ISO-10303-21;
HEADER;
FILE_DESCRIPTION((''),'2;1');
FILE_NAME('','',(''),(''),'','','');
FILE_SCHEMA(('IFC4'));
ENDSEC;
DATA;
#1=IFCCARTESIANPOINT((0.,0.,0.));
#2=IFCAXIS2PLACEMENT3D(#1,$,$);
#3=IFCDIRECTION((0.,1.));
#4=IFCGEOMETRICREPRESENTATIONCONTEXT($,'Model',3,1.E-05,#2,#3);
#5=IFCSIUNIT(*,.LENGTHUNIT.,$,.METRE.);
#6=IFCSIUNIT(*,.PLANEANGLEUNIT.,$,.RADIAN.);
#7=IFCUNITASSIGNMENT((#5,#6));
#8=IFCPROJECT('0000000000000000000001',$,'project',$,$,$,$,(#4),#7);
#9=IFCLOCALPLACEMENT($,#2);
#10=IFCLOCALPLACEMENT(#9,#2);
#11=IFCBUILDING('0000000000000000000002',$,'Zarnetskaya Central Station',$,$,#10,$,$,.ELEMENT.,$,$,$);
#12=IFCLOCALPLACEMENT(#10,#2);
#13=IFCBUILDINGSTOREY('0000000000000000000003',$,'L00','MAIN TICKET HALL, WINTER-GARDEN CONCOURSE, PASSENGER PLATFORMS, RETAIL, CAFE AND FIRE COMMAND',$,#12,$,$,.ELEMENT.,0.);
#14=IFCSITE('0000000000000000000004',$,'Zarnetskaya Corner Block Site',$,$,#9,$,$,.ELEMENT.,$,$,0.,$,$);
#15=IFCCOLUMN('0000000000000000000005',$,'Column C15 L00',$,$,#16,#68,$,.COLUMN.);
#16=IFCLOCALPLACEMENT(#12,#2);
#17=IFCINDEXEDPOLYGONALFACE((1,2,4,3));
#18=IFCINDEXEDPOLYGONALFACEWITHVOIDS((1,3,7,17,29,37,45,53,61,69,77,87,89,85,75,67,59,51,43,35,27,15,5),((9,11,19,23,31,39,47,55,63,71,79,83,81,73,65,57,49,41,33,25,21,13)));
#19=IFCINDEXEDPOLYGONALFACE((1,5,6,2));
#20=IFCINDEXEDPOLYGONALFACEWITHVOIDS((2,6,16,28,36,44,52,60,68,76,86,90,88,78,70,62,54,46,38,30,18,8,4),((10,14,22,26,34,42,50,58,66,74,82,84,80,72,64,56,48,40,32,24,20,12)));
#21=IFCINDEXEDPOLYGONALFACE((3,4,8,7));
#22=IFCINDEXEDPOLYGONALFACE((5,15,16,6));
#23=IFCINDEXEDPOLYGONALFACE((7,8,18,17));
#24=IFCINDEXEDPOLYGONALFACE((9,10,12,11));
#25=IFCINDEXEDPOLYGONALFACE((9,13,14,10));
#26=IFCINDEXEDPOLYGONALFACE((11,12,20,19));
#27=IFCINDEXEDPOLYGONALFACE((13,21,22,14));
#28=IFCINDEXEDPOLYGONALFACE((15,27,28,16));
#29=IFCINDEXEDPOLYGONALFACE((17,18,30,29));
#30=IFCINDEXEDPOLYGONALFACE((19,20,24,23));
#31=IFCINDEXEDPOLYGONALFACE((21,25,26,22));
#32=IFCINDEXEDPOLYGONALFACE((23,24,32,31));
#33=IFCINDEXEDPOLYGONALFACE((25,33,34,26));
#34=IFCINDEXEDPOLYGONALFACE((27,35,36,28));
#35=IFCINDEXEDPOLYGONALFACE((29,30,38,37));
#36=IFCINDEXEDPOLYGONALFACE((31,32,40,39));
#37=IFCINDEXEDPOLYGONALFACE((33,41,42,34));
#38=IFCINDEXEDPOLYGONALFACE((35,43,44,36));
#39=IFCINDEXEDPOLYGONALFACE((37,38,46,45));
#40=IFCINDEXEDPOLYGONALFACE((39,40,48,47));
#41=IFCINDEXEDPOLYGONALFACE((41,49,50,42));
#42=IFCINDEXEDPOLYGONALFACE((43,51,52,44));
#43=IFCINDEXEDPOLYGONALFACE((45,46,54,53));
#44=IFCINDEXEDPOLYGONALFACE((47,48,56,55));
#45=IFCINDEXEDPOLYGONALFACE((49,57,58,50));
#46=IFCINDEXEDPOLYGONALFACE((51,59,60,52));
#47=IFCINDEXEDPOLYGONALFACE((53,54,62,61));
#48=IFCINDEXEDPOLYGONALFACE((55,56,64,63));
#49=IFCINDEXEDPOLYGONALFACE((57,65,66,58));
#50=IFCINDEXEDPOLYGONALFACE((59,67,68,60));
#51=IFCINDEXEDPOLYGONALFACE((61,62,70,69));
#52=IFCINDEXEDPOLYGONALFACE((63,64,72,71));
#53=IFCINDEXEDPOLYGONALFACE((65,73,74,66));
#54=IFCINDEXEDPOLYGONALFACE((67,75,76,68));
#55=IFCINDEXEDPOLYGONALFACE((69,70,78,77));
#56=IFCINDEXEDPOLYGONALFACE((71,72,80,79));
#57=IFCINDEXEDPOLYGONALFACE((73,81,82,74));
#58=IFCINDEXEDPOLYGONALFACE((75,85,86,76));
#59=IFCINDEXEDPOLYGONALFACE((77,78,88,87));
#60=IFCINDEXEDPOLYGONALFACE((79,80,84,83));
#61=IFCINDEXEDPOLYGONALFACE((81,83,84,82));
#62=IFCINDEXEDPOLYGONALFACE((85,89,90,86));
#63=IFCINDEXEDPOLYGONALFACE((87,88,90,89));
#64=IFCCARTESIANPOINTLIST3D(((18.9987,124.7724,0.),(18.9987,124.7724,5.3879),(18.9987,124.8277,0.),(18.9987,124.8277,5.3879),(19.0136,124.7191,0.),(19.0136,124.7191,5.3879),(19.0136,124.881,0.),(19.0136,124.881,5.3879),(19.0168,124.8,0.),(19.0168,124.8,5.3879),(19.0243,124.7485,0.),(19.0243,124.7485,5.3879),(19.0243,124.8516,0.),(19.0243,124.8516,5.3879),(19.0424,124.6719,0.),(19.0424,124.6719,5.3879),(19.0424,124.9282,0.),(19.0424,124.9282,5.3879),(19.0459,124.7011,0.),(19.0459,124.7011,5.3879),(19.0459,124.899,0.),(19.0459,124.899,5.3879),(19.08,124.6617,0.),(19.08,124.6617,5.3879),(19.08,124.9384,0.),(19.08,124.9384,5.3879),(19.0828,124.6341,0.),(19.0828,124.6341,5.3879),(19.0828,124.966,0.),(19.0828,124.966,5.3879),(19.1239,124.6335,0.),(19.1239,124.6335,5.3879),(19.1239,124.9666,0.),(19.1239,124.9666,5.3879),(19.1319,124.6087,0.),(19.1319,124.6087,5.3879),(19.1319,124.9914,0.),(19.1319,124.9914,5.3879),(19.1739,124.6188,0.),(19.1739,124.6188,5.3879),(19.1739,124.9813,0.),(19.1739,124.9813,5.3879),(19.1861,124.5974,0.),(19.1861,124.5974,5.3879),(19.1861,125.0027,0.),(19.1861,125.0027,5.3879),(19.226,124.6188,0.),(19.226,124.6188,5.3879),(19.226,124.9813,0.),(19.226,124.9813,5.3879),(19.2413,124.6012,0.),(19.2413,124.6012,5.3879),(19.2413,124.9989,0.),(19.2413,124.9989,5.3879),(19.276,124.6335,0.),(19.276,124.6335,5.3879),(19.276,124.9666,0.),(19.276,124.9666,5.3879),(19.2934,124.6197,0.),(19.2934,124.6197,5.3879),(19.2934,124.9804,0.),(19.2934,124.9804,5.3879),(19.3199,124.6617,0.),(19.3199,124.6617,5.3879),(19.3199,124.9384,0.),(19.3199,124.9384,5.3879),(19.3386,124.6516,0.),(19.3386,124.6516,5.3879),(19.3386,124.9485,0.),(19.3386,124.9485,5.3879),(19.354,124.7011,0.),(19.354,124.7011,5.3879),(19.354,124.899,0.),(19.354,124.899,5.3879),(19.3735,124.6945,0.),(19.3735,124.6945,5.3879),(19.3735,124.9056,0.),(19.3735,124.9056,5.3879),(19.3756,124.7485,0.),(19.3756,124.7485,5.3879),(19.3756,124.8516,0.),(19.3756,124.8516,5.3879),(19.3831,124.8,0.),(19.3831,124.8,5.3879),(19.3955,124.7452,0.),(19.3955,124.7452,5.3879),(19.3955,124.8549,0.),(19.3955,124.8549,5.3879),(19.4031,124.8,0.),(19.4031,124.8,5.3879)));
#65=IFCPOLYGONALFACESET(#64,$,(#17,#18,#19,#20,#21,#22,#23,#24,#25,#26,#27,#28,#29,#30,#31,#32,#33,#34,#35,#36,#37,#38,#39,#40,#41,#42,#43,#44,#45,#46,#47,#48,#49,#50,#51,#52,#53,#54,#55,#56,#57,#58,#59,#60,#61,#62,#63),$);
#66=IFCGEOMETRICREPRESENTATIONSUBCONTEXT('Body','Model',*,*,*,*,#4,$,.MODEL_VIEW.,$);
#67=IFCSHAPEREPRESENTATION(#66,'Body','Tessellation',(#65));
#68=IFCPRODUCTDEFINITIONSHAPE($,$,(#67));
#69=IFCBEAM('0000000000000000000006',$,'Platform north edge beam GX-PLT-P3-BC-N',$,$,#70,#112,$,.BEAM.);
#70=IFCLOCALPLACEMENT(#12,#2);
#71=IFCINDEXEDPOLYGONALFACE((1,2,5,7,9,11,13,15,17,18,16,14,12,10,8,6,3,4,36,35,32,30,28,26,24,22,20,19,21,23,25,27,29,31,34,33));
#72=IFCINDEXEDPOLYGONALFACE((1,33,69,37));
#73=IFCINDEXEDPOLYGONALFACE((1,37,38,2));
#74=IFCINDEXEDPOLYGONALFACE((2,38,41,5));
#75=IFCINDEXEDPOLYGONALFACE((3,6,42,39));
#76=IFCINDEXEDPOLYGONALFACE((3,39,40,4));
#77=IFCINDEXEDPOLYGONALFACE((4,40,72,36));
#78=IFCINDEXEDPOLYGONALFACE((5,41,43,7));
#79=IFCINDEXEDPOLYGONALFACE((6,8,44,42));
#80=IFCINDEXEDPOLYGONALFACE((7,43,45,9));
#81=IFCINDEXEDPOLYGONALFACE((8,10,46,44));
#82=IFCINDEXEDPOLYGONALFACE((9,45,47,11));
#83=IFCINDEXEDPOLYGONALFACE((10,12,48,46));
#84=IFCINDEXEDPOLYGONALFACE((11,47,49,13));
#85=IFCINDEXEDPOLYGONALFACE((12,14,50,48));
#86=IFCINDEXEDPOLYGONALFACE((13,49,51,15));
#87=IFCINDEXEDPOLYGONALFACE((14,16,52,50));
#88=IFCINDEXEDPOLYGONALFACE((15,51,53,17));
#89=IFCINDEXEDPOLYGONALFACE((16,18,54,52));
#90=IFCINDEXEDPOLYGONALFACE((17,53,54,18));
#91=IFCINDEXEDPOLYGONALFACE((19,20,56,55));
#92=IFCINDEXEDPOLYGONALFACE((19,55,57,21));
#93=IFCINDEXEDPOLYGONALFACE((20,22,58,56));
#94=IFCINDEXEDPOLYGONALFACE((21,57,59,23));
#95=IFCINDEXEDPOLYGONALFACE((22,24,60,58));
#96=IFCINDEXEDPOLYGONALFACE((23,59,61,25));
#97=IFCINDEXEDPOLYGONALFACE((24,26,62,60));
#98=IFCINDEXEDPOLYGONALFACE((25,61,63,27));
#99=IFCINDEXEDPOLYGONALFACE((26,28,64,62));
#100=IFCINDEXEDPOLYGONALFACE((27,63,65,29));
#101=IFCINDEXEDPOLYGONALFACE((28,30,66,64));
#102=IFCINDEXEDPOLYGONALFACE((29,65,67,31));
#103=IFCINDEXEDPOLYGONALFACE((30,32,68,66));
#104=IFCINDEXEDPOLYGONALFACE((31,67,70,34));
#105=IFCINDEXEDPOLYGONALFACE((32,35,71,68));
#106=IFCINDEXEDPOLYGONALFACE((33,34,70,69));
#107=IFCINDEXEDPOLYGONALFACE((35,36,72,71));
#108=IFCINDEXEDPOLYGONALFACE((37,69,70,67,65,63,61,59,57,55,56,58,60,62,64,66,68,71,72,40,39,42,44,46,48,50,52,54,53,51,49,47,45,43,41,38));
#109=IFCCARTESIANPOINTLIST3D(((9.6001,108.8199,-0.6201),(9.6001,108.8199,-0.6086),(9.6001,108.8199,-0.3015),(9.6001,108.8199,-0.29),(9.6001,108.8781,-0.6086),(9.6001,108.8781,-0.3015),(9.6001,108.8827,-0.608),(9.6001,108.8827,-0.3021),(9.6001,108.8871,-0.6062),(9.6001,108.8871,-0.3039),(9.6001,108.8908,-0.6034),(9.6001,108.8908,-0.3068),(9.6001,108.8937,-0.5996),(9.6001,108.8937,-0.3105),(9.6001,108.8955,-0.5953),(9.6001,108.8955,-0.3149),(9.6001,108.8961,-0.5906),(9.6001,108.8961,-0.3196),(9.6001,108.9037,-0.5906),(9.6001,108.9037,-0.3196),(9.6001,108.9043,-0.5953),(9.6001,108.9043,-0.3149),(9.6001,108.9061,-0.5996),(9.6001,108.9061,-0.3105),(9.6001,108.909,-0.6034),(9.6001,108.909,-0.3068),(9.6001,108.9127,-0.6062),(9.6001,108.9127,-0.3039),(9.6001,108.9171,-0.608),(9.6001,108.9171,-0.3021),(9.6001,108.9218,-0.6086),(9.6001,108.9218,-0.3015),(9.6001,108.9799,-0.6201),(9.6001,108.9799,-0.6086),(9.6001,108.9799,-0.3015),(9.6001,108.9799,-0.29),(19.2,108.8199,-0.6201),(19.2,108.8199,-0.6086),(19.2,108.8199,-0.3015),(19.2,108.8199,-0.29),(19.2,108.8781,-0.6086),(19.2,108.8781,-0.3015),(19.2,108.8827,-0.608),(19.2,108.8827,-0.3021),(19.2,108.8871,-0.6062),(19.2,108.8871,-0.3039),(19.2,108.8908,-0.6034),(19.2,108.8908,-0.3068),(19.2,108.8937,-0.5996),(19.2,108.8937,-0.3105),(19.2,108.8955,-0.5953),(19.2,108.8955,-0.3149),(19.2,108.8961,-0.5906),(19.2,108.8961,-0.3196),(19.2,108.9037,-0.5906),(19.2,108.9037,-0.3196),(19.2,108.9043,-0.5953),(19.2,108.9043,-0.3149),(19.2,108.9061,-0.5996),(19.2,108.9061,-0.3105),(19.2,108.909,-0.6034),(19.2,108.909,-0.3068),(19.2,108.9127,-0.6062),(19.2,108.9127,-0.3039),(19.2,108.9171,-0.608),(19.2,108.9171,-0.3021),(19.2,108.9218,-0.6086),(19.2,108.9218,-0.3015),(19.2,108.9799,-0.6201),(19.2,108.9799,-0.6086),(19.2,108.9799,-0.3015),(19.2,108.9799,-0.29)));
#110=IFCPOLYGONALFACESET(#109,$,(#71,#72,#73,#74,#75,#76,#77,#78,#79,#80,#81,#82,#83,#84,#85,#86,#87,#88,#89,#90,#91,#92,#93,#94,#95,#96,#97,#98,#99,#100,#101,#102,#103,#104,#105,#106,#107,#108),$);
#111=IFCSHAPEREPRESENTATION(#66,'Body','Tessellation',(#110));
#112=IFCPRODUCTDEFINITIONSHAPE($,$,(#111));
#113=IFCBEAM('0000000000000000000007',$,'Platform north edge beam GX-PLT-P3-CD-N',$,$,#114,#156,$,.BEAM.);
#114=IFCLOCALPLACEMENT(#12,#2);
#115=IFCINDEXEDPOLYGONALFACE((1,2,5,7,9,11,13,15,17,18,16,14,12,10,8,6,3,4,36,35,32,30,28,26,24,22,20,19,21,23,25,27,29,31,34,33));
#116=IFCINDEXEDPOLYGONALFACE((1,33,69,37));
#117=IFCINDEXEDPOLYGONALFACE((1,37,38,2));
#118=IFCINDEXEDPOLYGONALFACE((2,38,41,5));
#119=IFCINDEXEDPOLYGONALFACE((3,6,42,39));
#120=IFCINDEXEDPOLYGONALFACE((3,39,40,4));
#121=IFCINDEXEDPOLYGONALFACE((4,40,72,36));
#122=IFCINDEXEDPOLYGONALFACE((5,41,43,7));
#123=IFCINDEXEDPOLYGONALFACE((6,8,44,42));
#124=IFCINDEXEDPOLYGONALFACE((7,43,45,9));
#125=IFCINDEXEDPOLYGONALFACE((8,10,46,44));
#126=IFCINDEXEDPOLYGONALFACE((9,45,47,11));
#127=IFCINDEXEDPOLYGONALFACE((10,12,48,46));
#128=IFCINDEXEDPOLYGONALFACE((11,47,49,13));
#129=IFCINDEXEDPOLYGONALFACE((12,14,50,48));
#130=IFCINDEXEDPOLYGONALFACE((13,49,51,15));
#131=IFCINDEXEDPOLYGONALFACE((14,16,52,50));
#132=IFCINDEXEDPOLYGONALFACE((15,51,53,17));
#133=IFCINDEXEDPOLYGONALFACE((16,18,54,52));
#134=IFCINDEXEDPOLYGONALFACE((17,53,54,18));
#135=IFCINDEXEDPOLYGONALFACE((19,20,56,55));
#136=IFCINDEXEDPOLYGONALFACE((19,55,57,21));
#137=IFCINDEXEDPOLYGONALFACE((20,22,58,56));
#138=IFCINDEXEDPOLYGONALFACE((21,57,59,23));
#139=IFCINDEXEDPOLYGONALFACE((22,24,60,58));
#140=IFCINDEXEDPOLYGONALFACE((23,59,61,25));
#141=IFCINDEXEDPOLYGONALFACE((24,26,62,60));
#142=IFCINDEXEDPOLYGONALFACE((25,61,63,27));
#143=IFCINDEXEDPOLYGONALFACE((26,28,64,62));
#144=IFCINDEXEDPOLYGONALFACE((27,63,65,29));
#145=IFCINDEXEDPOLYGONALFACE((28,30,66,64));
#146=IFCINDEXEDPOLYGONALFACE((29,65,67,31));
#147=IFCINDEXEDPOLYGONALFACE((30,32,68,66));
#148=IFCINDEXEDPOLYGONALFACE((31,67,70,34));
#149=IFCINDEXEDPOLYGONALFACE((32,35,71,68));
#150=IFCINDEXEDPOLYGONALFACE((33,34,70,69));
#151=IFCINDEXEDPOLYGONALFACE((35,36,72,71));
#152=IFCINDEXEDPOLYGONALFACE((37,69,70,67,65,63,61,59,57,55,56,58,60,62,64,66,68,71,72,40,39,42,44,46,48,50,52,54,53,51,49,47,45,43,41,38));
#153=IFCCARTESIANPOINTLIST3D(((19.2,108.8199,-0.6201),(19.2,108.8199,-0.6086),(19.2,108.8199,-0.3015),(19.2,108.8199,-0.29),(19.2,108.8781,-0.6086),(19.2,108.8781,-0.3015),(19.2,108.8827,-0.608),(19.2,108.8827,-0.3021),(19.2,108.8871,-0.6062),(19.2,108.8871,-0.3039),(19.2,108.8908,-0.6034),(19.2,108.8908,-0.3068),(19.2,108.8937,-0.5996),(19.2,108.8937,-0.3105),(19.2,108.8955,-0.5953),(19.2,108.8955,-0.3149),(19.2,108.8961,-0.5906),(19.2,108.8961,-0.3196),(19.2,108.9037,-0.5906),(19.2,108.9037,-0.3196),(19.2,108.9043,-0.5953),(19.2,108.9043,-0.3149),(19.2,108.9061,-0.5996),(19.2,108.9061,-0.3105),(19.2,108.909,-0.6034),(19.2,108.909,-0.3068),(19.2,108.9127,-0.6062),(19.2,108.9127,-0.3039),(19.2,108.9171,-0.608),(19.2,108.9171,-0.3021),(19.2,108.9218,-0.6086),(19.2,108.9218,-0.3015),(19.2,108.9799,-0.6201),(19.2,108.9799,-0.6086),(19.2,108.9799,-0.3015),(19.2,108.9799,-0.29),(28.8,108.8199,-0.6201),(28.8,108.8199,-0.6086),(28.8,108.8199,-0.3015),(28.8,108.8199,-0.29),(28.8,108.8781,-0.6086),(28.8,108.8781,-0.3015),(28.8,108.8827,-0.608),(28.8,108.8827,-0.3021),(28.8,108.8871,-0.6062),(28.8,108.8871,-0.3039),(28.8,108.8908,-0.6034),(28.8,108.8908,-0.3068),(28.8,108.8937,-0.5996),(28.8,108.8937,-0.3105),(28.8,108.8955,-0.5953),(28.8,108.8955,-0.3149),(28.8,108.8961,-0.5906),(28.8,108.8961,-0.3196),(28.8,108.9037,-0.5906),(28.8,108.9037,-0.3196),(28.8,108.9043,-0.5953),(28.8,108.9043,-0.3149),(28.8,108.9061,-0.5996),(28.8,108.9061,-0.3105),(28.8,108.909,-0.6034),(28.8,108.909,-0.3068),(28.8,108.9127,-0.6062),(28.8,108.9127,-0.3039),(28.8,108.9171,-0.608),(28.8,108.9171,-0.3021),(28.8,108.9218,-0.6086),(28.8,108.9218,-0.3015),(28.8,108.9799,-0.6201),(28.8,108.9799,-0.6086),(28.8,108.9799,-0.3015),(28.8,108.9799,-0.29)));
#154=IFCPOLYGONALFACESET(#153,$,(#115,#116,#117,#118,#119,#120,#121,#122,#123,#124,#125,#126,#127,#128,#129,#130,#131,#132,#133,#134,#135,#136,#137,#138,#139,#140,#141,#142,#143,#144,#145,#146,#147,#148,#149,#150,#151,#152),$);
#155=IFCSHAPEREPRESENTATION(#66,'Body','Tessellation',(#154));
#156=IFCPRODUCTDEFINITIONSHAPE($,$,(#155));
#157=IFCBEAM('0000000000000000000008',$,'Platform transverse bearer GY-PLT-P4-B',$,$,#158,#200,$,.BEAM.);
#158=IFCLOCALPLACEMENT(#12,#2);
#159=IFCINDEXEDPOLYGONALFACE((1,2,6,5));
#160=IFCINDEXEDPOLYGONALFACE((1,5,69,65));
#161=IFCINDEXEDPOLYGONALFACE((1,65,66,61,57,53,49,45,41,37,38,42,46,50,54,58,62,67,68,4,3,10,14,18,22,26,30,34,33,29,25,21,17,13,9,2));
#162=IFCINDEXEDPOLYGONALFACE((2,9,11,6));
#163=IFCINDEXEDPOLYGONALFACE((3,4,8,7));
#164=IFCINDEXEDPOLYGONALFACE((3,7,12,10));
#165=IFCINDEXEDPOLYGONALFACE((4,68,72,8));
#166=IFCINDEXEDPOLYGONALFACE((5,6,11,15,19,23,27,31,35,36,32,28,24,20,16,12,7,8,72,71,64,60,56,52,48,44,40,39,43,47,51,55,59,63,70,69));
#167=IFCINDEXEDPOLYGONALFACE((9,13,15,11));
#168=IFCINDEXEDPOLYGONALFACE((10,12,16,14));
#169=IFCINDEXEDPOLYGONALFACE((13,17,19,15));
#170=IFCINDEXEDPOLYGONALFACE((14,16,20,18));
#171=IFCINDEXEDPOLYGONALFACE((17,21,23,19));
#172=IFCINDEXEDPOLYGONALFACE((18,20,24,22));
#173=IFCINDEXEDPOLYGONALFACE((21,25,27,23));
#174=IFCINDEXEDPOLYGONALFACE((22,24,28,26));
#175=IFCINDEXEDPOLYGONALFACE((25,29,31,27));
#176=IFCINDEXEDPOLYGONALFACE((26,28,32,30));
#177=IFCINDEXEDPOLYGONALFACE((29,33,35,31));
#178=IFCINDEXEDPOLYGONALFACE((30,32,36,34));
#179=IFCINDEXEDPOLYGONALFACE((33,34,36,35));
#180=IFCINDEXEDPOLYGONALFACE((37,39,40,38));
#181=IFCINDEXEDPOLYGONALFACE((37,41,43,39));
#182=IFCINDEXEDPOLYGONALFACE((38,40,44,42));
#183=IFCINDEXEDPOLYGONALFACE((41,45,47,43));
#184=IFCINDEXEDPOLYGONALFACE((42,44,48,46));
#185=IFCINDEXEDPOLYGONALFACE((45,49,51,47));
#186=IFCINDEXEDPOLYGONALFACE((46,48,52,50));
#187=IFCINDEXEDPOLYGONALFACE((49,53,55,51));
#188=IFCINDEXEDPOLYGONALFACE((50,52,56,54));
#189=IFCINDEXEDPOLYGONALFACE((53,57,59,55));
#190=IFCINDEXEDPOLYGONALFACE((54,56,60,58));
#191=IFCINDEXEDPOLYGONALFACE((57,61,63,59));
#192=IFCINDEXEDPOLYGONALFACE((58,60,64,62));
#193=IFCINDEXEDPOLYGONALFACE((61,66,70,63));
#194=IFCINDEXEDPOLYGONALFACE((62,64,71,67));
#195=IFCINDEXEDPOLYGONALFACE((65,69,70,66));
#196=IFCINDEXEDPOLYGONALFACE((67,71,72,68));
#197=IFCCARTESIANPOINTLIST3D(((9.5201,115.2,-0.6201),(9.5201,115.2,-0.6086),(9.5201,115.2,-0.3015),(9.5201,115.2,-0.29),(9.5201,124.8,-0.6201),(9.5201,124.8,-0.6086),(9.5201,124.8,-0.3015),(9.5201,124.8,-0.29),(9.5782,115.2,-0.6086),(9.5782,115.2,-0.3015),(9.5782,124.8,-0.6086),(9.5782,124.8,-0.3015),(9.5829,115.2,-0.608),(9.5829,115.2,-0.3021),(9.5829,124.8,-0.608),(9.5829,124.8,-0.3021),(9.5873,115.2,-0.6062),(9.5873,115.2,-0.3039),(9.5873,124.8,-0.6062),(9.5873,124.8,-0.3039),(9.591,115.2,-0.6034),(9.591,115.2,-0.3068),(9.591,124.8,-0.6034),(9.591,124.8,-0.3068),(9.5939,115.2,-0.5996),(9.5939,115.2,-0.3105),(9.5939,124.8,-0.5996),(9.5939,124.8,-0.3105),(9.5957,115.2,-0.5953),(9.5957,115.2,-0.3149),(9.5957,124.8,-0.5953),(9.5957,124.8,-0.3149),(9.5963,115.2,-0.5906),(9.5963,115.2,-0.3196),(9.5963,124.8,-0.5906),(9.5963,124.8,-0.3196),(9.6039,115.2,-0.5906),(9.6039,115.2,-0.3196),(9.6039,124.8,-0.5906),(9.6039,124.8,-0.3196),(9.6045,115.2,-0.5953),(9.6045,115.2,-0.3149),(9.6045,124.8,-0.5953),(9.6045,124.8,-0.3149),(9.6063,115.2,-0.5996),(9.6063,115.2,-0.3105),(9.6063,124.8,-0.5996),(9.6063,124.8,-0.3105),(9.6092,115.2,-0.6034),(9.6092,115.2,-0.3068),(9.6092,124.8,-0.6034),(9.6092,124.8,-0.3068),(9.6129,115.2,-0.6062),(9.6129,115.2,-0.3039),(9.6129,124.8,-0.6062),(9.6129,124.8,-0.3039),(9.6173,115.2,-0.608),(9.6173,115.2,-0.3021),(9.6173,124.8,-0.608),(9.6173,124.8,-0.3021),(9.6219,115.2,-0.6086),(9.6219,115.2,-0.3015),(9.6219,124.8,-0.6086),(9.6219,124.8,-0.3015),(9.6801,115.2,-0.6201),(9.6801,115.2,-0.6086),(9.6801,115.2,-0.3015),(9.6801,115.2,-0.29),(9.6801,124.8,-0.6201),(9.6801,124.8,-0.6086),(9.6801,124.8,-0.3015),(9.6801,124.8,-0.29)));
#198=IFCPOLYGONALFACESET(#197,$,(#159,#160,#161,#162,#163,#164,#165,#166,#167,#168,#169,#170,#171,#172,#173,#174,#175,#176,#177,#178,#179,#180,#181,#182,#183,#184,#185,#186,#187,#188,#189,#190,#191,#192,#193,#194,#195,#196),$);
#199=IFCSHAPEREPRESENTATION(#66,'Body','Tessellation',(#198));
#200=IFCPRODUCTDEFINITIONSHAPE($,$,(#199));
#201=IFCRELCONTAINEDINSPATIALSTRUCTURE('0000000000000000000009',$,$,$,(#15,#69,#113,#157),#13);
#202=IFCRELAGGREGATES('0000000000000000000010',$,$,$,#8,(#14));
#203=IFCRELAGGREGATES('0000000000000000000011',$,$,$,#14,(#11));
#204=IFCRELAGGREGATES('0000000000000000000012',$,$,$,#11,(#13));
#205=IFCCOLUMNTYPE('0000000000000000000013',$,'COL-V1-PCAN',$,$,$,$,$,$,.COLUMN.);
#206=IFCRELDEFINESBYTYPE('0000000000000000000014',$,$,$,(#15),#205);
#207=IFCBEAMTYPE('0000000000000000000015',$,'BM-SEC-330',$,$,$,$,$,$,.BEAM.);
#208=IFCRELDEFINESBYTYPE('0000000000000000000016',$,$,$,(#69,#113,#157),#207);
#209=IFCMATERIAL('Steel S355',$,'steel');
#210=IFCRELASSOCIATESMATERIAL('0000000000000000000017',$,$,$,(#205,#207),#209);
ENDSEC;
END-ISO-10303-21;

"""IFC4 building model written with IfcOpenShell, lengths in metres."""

from ifc_helpers import new_model, si_unit, direction, frame, origin, origin_2d, place, context, subcontext, project, spatial, hollow_circle, i_section, extrude, material, material_profile, profile_set, type_object, element, save


model = new_model("IFC4")

# Units and contexts
model_context = context("Model", 3, precision=1e-05, world=origin(), true_north=direction((0.0, 1.0)))
body_context = subcontext(model_context, "Body", "Model", "MODEL_VIEW")
ifc_project = project(units=[si_unit("LENGTHUNIT", "METRE"), si_unit("PLANEANGLEUNIT", "RADIAN")], contexts=[model_context])

# Site, building, storey
site_placement = place(None, origin())
site = spatial("IfcSite", under=ifc_project, at=site_placement, Name="Zarnetskaya Corner Block Site", CompositionType="ELEMENT", RefElevation=0.0)
building_placement = place(site_placement, origin())
building = spatial("IfcBuilding", under=site, at=building_placement, Name="Zarnetskaya Central Station", CompositionType="ELEMENT")
storey_placement = place(building_placement, origin())
storey = spatial("IfcBuildingStorey", under=building, at=storey_placement, Name="L00", Description="MAIN TICKET HALL, WINTER-GARDEN CONCOURSE, PASSENGER PLATFORMS, RETAIL, CAFE AND FIRE COMMAND", CompositionType="ELEMENT", Elevation=0.0)

# Column
ifc_material = material(Name="Steel S355", Category="steel")
ifc_material_profile_1 = material_profile(ifc_material, hollow_circle(Radius=0.2031, WallThickness=0.02, at=origin_2d()), Name="CHS 406.4x20")
ifc_profile_set_1 = profile_set([ifc_material_profile_1], Name="Steel S355")
column_type = type_object("IfcColumnType", Name="COL-V1-PCAN", PredefinedType="COLUMN", material=ifc_profile_set_1)
for number, where, z_axis, x_axis, name in (
    (1, (19.2, 124.8, 0.0), (0.0, 0.0, 1.0), (1.0, 0.0, 0.0), "Column C15 L00"),
):
    element("IfcColumn", number, at=place(storey_placement, frame(where, z_axis=z_axis, x_axis=x_axis)), inside=storey, type_object=column_type, Name=name, PredefinedType="COLUMN", context=body_context, shape_type="SweptSolid", body=[
        extrude(hollow_circle(Radius=0.2031, WallThickness=0.02, at=origin_2d()), origin(), (0.0, 0.0, 1.0), 5.3879),
    ])

# Beams
ifc_material_profile_2 = material_profile(ifc_material, i_section(OverallWidth=0.1599, OverallDepth=0.3301, WebThickness=0.0076, FlangeThickness=0.0115, FilletRadius=0.0181, at=origin_2d()), Name="IPE 330")
ifc_profile_set_2 = profile_set([ifc_material_profile_2], Name="Steel S355")
beam_type_1 = type_object("IfcBeamType", Name="BM-SEC-330", PredefinedType="BEAM", material=ifc_profile_set_2)
beam_placement = place(storey_placement, frame((9.6001, 108.8999, -0.4551), z_axis=(1.0, 0.0, 0.0), x_axis=(0.0, 1.0, 0.0)))
element("IfcBeam", 2, at=beam_placement, inside=storey, type_object=beam_type_1, Name="Platform north edge beam GX-PLT-P3-BC-N", PredefinedType="BEAM", context=body_context, shape_type="SweptSolid", body=[
    extrude(i_section(OverallWidth=0.1599, OverallDepth=0.3301, WebThickness=0.0076, FlangeThickness=0.0115, FilletRadius=0.0181, at=origin_2d()), origin(), (0.0, 0.0, 1.0), 9.5999),
])
for number, where, z_axis, x_axis, name in (
    (3, (19.2, 108.8999, -0.4551), (1.0, 0.0, 0.0), (0.0, 1.0, 0.0), "Platform north edge beam GX-PLT-P3-CD-N"),
    (4, (9.6001, 115.2, -0.4551), (0.0, 1.0, 0.0), (-1.0, 0.0, 0.0), "Platform transverse bearer GY-PLT-P4-B"),
):
    element("IfcBeam", number, at=place(storey_placement, frame(where, z_axis=z_axis, x_axis=x_axis)), inside=storey, type_object=beam_type_1, Name=name, PredefinedType="BEAM", context=body_context, shape_type="SweptSolid", body=[
        extrude(i_section(OverallWidth=0.1599, OverallDepth=0.3301, WebThickness=0.0076, FlangeThickness=0.0115, FilletRadius=0.0181, at=origin_2d()), origin(), (0.0, 0.0, 1.0), 9.6001),
    ])

save(model, "model.ifc")
